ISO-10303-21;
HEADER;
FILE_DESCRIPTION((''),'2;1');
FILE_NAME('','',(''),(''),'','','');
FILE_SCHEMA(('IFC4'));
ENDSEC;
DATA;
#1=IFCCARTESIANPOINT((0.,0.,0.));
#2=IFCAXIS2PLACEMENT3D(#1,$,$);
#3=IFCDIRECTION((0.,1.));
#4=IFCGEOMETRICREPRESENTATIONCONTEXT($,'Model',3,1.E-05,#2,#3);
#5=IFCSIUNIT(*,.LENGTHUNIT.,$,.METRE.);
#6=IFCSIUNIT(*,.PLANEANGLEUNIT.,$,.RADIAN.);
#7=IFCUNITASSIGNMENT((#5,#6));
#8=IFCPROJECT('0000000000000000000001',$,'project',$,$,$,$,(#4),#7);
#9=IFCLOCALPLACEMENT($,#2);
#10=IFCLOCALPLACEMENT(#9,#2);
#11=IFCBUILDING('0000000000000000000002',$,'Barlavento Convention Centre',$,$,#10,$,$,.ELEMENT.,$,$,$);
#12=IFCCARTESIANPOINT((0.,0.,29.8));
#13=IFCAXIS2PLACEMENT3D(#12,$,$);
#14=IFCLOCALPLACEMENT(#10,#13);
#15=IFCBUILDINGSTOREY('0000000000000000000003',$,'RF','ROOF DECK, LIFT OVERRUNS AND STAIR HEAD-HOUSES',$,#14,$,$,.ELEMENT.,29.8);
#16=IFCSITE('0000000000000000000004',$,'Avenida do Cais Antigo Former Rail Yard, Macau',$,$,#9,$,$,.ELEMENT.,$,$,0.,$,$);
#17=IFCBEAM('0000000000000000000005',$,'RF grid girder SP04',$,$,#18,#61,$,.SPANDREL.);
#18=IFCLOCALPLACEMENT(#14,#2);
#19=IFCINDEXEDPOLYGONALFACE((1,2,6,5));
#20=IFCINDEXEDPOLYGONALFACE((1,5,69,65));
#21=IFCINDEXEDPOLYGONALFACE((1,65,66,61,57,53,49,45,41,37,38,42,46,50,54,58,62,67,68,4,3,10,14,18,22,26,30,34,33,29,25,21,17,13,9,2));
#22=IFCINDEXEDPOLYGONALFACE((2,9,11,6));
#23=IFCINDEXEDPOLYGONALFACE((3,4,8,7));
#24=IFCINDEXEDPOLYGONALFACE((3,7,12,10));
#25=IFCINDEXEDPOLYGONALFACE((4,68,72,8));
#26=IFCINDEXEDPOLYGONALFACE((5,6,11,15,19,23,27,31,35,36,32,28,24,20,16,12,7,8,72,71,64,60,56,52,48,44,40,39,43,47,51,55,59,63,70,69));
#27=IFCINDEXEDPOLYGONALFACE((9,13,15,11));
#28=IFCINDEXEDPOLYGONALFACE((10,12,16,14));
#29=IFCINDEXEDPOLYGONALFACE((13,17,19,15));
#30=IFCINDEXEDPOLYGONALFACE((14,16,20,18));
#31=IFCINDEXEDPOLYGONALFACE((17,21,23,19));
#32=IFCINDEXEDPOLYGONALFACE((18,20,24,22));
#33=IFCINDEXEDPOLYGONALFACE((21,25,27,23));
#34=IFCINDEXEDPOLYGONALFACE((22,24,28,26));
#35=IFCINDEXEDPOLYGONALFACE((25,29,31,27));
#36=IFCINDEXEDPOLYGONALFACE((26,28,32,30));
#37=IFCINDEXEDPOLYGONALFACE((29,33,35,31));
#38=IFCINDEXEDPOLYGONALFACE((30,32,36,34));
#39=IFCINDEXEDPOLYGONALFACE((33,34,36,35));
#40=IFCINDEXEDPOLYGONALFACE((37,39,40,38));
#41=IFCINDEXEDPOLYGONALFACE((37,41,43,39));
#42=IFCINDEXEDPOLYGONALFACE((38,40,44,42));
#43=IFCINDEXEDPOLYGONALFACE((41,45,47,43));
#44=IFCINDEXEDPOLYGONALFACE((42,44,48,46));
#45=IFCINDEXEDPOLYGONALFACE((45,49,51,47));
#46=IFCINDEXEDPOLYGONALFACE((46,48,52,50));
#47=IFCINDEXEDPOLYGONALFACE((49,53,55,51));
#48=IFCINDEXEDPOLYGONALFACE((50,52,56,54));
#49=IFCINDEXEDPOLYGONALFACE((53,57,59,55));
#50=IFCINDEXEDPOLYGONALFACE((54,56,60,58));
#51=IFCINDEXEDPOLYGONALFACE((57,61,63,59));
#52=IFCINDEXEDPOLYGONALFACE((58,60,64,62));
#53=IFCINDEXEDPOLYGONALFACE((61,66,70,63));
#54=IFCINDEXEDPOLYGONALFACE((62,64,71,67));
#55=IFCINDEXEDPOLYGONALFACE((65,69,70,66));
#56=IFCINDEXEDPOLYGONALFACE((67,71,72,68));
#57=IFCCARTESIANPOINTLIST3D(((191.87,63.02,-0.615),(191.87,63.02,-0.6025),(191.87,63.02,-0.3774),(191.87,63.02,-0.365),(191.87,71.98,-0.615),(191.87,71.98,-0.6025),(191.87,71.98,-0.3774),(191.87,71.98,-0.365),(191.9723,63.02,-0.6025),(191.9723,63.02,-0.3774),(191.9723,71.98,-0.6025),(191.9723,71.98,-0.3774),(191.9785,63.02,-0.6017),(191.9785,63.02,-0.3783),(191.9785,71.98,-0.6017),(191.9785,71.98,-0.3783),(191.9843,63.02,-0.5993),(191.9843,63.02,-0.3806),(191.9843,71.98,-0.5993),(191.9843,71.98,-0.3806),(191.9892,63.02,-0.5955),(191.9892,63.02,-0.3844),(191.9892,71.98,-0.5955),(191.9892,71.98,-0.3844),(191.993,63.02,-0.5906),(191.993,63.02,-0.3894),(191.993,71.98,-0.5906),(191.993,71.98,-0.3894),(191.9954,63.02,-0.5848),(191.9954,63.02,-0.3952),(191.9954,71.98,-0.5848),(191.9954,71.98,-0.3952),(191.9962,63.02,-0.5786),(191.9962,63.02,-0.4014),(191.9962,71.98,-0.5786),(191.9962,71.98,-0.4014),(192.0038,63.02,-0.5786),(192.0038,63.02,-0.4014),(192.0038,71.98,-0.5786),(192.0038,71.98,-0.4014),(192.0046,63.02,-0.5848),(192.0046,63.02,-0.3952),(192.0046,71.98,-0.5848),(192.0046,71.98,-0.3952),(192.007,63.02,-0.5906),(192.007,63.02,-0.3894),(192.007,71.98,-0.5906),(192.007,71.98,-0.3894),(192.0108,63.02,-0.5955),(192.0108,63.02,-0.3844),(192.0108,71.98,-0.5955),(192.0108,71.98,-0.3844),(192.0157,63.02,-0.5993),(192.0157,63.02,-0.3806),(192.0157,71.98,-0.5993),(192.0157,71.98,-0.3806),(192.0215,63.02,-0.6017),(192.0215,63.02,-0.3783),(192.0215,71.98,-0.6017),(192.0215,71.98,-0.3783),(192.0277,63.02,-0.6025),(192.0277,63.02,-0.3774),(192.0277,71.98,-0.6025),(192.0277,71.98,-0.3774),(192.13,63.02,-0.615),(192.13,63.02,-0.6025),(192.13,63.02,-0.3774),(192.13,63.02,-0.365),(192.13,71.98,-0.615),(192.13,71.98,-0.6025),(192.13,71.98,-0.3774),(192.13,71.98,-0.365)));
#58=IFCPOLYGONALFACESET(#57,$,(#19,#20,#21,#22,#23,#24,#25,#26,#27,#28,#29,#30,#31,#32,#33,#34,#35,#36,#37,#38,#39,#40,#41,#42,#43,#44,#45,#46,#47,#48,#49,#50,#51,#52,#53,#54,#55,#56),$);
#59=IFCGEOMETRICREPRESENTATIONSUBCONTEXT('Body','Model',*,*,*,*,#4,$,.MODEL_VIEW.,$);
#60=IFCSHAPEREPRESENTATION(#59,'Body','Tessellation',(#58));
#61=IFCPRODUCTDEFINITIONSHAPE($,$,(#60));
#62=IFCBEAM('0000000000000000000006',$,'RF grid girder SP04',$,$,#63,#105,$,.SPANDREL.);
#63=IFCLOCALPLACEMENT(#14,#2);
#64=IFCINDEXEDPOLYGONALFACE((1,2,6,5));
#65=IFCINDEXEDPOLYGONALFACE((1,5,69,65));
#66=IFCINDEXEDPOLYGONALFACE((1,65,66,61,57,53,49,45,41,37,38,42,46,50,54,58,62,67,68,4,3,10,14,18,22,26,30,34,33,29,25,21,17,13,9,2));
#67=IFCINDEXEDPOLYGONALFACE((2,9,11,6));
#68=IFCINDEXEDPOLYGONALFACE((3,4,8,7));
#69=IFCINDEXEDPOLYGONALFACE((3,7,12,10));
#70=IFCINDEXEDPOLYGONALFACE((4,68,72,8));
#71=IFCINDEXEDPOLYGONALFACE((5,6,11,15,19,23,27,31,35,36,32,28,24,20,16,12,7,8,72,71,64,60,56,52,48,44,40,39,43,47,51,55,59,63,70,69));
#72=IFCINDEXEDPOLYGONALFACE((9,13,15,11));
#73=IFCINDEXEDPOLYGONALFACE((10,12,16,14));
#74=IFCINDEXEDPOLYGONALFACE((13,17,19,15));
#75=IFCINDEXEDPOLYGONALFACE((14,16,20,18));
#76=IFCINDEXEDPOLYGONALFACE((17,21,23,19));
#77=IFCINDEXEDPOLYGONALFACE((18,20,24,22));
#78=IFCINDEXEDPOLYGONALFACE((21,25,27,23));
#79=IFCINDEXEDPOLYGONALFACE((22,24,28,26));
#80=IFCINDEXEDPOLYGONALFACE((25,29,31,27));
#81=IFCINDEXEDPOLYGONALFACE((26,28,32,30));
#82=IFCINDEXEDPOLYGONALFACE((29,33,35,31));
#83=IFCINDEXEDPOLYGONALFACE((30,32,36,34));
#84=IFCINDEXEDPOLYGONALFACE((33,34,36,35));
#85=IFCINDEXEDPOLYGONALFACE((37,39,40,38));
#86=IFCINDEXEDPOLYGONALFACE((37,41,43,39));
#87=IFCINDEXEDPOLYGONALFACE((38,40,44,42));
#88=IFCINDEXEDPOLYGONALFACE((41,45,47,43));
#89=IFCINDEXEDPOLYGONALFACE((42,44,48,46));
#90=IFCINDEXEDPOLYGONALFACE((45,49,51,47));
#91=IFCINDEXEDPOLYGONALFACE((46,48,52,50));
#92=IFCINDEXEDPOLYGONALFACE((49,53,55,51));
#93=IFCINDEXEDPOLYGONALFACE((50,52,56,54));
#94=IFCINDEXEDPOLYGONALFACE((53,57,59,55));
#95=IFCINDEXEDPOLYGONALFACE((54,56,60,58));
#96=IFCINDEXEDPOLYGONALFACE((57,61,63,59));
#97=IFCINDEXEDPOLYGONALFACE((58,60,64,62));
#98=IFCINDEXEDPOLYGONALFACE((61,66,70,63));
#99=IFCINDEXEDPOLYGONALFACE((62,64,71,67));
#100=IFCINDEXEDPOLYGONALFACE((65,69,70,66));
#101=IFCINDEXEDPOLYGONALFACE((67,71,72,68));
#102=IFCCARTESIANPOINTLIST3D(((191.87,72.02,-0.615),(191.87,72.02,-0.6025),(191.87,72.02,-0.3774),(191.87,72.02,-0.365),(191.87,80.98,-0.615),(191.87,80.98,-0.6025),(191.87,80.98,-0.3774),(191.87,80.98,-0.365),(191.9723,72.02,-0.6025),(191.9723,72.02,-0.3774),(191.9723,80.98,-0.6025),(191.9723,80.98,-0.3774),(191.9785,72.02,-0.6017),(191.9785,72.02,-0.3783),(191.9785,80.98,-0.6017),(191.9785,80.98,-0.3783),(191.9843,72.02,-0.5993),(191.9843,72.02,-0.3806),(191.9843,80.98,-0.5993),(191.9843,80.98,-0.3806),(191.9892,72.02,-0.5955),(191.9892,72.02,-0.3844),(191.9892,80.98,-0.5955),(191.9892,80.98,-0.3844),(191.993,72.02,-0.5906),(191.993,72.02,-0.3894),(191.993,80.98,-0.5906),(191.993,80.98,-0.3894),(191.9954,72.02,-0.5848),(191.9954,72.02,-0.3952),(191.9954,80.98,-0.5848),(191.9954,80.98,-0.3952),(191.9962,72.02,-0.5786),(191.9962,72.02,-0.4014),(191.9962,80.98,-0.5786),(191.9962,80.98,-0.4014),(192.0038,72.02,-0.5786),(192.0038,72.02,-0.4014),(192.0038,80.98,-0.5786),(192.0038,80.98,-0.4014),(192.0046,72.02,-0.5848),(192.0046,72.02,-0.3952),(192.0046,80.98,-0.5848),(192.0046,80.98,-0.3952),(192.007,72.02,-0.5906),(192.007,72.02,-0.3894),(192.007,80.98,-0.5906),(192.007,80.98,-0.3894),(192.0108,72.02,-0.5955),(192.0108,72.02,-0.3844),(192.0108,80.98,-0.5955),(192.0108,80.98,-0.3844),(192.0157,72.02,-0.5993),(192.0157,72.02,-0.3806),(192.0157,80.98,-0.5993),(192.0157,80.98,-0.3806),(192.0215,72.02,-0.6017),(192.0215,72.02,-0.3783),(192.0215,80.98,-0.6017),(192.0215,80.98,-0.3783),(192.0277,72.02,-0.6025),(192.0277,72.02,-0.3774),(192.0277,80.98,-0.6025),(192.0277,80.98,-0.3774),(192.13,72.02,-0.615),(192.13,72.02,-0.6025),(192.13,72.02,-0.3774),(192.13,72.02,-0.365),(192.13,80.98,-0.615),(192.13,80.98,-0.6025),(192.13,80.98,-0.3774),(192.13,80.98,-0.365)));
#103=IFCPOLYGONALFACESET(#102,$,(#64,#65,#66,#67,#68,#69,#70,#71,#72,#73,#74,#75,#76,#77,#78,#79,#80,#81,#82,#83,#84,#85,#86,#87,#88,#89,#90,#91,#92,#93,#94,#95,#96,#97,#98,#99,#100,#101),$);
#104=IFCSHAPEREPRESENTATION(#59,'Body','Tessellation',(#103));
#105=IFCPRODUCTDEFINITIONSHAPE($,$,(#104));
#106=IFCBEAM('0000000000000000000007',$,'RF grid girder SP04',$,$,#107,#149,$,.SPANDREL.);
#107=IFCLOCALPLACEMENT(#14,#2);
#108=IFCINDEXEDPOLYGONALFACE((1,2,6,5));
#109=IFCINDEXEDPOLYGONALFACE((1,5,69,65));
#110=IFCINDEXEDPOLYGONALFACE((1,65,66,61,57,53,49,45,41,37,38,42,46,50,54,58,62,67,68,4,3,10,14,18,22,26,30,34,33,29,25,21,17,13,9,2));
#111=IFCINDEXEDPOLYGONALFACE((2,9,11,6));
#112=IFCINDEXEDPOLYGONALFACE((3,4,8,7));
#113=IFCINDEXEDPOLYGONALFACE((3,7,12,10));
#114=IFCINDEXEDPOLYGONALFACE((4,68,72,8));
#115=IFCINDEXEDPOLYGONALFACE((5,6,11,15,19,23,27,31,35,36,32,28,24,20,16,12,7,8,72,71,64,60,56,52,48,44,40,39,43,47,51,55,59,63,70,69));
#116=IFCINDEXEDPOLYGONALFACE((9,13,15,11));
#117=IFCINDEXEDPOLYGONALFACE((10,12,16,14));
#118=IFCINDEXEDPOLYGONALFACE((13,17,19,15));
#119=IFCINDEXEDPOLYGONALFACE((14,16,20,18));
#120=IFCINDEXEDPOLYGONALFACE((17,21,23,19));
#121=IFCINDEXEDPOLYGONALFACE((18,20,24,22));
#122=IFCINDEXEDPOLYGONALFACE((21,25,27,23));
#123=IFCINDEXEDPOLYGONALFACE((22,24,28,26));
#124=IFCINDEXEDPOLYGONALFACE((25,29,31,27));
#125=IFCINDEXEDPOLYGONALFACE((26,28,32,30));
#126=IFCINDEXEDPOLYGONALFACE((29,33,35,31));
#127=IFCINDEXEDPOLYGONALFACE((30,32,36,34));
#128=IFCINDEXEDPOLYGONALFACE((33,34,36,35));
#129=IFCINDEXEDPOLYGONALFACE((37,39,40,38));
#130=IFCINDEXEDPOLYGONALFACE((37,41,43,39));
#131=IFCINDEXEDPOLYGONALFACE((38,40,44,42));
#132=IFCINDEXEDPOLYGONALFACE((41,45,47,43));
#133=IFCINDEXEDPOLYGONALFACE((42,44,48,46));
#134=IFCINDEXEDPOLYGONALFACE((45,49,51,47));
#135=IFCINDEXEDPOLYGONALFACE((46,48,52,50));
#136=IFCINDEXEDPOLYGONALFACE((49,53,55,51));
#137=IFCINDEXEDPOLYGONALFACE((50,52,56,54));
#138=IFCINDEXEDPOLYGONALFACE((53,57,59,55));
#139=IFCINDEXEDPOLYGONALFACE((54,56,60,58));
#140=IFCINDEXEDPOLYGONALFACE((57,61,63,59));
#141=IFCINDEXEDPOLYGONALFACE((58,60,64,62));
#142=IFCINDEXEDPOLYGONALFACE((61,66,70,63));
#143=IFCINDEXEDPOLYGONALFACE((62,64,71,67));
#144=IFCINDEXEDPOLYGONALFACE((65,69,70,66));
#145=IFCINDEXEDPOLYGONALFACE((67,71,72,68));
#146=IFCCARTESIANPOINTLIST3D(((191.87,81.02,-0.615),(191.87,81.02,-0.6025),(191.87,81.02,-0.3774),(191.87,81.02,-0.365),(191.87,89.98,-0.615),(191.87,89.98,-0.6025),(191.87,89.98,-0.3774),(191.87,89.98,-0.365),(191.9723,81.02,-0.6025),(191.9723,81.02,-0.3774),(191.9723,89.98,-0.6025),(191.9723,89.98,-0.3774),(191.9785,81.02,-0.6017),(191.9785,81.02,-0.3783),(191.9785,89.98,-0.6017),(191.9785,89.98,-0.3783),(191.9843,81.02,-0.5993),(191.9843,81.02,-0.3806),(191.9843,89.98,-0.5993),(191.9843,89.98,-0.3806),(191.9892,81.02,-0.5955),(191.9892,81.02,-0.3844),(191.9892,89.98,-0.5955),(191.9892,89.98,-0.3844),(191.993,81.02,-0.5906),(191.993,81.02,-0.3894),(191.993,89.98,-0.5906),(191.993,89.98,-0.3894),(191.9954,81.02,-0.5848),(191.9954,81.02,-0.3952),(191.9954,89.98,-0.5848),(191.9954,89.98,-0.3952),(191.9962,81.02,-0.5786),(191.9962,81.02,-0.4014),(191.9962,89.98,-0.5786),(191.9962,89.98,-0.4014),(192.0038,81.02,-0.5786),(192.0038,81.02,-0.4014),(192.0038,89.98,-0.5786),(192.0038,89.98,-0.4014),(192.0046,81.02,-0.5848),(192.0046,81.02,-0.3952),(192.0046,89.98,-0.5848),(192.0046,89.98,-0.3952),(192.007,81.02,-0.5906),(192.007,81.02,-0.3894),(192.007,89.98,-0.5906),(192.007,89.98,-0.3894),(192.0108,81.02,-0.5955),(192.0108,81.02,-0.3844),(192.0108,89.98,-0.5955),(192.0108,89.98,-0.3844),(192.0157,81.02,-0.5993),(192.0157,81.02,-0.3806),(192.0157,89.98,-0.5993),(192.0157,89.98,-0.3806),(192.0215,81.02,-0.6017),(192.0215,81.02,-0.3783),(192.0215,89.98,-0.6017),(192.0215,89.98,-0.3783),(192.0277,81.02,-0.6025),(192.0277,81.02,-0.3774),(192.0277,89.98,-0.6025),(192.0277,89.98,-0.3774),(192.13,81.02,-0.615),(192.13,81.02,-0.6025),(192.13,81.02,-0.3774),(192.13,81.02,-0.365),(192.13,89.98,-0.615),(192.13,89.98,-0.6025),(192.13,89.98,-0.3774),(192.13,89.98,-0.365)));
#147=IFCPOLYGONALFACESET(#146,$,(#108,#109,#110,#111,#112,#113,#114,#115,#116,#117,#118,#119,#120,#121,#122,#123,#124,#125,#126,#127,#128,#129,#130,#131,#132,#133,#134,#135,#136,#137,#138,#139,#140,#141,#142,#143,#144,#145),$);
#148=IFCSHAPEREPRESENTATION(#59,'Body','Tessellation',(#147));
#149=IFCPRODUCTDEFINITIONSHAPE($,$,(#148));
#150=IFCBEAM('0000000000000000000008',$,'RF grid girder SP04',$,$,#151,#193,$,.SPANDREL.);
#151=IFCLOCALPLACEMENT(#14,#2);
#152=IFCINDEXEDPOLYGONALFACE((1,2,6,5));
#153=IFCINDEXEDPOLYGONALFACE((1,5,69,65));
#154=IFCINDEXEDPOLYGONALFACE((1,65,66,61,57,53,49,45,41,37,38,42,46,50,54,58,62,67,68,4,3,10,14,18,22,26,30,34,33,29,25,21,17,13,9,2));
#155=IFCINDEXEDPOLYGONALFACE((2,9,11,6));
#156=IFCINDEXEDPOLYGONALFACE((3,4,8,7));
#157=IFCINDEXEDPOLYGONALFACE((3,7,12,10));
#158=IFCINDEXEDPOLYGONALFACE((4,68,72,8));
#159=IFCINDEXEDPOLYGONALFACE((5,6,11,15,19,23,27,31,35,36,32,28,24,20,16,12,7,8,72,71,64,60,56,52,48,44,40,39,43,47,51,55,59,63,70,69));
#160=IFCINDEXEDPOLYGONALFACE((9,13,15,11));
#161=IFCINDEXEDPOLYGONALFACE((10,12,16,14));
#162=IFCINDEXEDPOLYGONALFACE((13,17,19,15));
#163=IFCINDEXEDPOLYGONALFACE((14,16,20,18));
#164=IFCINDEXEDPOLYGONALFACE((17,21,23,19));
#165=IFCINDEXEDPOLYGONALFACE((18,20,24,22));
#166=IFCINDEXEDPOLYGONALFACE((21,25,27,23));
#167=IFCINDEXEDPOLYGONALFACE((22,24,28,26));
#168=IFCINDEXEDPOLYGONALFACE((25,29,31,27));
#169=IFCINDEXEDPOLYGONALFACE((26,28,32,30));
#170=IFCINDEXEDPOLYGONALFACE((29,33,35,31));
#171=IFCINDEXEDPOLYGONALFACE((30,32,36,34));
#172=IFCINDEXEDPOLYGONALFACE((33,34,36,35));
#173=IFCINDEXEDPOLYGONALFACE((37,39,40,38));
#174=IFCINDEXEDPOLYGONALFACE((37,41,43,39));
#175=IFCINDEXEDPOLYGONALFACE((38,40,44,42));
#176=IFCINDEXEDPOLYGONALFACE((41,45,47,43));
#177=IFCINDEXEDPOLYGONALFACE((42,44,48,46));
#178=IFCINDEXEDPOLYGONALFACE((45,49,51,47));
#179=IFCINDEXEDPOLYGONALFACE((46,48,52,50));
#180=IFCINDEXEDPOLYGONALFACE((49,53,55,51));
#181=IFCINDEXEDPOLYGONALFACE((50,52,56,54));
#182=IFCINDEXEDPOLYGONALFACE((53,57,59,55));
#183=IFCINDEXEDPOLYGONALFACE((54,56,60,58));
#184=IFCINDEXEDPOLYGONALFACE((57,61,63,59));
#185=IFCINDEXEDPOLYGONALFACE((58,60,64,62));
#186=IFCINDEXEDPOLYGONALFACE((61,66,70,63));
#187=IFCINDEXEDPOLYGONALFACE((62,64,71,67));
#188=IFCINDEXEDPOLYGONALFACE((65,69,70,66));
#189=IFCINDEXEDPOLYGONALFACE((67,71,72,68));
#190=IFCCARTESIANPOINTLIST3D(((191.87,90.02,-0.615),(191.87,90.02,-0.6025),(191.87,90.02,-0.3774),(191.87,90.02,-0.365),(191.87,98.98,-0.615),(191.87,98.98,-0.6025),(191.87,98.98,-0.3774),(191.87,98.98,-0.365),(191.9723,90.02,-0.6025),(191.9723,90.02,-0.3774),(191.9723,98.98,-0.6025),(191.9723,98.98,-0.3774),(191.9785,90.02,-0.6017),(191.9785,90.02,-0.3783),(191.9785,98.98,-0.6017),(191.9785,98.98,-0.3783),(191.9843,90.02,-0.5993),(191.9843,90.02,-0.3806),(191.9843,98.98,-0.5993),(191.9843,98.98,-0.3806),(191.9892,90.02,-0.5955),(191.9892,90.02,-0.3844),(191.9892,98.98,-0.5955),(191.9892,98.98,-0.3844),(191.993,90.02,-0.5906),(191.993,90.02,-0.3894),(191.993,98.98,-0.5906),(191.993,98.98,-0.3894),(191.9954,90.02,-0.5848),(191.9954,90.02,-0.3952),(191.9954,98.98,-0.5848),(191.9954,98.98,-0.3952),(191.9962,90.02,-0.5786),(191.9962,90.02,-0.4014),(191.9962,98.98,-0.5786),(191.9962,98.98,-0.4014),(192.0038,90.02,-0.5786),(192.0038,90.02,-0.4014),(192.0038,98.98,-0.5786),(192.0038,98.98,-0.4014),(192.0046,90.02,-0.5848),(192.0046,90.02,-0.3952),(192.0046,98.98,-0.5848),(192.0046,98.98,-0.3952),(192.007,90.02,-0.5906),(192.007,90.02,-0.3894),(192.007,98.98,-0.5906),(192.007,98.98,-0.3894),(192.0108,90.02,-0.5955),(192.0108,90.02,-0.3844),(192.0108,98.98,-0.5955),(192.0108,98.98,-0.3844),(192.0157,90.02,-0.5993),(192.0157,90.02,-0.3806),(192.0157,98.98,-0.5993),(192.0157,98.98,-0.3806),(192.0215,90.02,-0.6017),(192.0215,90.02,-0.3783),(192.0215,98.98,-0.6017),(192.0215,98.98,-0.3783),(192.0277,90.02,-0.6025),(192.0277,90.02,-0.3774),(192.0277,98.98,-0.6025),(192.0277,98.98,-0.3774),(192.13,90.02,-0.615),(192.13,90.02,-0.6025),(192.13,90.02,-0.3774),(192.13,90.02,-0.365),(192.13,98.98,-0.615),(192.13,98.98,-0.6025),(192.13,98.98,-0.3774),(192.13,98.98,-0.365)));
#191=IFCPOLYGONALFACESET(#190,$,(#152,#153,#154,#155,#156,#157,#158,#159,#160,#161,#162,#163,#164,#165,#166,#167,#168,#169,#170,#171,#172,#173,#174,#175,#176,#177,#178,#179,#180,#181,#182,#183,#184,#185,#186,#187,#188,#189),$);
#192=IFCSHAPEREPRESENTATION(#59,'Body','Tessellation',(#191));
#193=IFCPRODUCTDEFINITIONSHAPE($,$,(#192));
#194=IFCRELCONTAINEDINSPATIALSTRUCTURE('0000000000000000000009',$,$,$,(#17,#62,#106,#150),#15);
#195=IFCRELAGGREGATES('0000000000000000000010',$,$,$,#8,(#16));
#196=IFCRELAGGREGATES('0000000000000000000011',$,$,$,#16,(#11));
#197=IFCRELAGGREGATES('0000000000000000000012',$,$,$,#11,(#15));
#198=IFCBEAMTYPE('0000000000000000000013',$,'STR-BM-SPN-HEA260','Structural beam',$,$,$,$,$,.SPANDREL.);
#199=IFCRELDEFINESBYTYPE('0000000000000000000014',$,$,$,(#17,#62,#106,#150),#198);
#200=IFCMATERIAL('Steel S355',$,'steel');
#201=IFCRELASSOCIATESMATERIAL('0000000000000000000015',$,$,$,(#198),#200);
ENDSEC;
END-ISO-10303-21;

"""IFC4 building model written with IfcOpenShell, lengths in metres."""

from ifc_helpers import new_model, si_unit, direction, frame, origin, origin_2d, place, context, subcontext, project, spatial, i_section, extrude, material, material_profile, profile_set, type_object, element, save


model = new_model("IFC4")

# Units and contexts
model_context = context("Model", 3, precision=1e-05, world=origin(), true_north=direction((0.0, 1.0)))
body_context = subcontext(model_context, "Body", "Model", "MODEL_VIEW")
ifc_project = project(units=[si_unit("LENGTHUNIT", "METRE"), si_unit("PLANEANGLEUNIT", "RADIAN")], contexts=[model_context])

# Site, building, storey
site_placement = place(None, origin())
site = spatial("IfcSite", under=ifc_project, at=site_placement, Name="Avenida do Cais Antigo Former Rail Yard, Macau", CompositionType="ELEMENT", RefElevation=0.0)
building_placement = place(site_placement, origin())
building = spatial("IfcBuilding", under=site, at=building_placement, Name="Barlavento Convention Centre", CompositionType="ELEMENT")
storey_placement = place(building_placement, frame((0.0, 0.0, 29.8)))
storey = spatial("IfcBuildingStorey", under=building, at=storey_placement, Name="RF", Description="ROOF DECK, LIFT OVERRUNS AND STAIR HEAD-HOUSES", CompositionType="ELEMENT", Elevation=29.8)

# Beams
ifc_material_1 = material(Name="Steel S355", Category="steel")
ifc_material_profile_1 = material_profile(ifc_material_1, i_section(OverallWidth=0.26, OverallDepth=0.25, WebThickness=0.0076, FlangeThickness=0.0125, FilletRadius=0.0239, at=origin_2d()), Name="HEA 260")
ifc_profile_set_1 = profile_set([ifc_material_profile_1], Name="Steel S355")
beam_type_1 = type_object("IfcBeamType", Name="STR-BM-SPN-HEA260", Description="Structural beam", PredefinedType="SPANDREL", material=ifc_profile_set_1)
for number, where, z_axis, x_axis, name in (
    (1, (192.0, 63.02, -0.49), (0.0, 1.0, 0.0), (-1.0, 0.0, 0.0), "RF grid girder SP04"),
    (2, (192.0, 72.02, -0.49), (0.0, 1.0, 0.0), (-1.0, 0.0, 0.0), "RF grid girder SP04"),
    (3, (192.0, 81.02, -0.49), (0.0, 1.0, 0.0), (-1.0, 0.0, 0.0), "RF grid girder SP04"),
    (4, (192.0, 90.02, -0.49), (0.0, 1.0, 0.0), (-1.0, 0.0, 0.0), "RF grid girder SP04"),
):
    element("IfcBeam", number, at=place(storey_placement, frame(where, z_axis=z_axis, x_axis=x_axis)), inside=storey, type_object=beam_type_1, Name=name, PredefinedType="SPANDREL", context=body_context, shape_type="SweptSolid", body=[
        extrude(i_section(OverallWidth=0.26, OverallDepth=0.25, WebThickness=0.0076, FlangeThickness=0.0125, FilletRadius=0.0239, at=origin_2d()), origin(), (0.0, 0.0, 1.0), 8.96),
    ])

save(model, "model.ifc")
